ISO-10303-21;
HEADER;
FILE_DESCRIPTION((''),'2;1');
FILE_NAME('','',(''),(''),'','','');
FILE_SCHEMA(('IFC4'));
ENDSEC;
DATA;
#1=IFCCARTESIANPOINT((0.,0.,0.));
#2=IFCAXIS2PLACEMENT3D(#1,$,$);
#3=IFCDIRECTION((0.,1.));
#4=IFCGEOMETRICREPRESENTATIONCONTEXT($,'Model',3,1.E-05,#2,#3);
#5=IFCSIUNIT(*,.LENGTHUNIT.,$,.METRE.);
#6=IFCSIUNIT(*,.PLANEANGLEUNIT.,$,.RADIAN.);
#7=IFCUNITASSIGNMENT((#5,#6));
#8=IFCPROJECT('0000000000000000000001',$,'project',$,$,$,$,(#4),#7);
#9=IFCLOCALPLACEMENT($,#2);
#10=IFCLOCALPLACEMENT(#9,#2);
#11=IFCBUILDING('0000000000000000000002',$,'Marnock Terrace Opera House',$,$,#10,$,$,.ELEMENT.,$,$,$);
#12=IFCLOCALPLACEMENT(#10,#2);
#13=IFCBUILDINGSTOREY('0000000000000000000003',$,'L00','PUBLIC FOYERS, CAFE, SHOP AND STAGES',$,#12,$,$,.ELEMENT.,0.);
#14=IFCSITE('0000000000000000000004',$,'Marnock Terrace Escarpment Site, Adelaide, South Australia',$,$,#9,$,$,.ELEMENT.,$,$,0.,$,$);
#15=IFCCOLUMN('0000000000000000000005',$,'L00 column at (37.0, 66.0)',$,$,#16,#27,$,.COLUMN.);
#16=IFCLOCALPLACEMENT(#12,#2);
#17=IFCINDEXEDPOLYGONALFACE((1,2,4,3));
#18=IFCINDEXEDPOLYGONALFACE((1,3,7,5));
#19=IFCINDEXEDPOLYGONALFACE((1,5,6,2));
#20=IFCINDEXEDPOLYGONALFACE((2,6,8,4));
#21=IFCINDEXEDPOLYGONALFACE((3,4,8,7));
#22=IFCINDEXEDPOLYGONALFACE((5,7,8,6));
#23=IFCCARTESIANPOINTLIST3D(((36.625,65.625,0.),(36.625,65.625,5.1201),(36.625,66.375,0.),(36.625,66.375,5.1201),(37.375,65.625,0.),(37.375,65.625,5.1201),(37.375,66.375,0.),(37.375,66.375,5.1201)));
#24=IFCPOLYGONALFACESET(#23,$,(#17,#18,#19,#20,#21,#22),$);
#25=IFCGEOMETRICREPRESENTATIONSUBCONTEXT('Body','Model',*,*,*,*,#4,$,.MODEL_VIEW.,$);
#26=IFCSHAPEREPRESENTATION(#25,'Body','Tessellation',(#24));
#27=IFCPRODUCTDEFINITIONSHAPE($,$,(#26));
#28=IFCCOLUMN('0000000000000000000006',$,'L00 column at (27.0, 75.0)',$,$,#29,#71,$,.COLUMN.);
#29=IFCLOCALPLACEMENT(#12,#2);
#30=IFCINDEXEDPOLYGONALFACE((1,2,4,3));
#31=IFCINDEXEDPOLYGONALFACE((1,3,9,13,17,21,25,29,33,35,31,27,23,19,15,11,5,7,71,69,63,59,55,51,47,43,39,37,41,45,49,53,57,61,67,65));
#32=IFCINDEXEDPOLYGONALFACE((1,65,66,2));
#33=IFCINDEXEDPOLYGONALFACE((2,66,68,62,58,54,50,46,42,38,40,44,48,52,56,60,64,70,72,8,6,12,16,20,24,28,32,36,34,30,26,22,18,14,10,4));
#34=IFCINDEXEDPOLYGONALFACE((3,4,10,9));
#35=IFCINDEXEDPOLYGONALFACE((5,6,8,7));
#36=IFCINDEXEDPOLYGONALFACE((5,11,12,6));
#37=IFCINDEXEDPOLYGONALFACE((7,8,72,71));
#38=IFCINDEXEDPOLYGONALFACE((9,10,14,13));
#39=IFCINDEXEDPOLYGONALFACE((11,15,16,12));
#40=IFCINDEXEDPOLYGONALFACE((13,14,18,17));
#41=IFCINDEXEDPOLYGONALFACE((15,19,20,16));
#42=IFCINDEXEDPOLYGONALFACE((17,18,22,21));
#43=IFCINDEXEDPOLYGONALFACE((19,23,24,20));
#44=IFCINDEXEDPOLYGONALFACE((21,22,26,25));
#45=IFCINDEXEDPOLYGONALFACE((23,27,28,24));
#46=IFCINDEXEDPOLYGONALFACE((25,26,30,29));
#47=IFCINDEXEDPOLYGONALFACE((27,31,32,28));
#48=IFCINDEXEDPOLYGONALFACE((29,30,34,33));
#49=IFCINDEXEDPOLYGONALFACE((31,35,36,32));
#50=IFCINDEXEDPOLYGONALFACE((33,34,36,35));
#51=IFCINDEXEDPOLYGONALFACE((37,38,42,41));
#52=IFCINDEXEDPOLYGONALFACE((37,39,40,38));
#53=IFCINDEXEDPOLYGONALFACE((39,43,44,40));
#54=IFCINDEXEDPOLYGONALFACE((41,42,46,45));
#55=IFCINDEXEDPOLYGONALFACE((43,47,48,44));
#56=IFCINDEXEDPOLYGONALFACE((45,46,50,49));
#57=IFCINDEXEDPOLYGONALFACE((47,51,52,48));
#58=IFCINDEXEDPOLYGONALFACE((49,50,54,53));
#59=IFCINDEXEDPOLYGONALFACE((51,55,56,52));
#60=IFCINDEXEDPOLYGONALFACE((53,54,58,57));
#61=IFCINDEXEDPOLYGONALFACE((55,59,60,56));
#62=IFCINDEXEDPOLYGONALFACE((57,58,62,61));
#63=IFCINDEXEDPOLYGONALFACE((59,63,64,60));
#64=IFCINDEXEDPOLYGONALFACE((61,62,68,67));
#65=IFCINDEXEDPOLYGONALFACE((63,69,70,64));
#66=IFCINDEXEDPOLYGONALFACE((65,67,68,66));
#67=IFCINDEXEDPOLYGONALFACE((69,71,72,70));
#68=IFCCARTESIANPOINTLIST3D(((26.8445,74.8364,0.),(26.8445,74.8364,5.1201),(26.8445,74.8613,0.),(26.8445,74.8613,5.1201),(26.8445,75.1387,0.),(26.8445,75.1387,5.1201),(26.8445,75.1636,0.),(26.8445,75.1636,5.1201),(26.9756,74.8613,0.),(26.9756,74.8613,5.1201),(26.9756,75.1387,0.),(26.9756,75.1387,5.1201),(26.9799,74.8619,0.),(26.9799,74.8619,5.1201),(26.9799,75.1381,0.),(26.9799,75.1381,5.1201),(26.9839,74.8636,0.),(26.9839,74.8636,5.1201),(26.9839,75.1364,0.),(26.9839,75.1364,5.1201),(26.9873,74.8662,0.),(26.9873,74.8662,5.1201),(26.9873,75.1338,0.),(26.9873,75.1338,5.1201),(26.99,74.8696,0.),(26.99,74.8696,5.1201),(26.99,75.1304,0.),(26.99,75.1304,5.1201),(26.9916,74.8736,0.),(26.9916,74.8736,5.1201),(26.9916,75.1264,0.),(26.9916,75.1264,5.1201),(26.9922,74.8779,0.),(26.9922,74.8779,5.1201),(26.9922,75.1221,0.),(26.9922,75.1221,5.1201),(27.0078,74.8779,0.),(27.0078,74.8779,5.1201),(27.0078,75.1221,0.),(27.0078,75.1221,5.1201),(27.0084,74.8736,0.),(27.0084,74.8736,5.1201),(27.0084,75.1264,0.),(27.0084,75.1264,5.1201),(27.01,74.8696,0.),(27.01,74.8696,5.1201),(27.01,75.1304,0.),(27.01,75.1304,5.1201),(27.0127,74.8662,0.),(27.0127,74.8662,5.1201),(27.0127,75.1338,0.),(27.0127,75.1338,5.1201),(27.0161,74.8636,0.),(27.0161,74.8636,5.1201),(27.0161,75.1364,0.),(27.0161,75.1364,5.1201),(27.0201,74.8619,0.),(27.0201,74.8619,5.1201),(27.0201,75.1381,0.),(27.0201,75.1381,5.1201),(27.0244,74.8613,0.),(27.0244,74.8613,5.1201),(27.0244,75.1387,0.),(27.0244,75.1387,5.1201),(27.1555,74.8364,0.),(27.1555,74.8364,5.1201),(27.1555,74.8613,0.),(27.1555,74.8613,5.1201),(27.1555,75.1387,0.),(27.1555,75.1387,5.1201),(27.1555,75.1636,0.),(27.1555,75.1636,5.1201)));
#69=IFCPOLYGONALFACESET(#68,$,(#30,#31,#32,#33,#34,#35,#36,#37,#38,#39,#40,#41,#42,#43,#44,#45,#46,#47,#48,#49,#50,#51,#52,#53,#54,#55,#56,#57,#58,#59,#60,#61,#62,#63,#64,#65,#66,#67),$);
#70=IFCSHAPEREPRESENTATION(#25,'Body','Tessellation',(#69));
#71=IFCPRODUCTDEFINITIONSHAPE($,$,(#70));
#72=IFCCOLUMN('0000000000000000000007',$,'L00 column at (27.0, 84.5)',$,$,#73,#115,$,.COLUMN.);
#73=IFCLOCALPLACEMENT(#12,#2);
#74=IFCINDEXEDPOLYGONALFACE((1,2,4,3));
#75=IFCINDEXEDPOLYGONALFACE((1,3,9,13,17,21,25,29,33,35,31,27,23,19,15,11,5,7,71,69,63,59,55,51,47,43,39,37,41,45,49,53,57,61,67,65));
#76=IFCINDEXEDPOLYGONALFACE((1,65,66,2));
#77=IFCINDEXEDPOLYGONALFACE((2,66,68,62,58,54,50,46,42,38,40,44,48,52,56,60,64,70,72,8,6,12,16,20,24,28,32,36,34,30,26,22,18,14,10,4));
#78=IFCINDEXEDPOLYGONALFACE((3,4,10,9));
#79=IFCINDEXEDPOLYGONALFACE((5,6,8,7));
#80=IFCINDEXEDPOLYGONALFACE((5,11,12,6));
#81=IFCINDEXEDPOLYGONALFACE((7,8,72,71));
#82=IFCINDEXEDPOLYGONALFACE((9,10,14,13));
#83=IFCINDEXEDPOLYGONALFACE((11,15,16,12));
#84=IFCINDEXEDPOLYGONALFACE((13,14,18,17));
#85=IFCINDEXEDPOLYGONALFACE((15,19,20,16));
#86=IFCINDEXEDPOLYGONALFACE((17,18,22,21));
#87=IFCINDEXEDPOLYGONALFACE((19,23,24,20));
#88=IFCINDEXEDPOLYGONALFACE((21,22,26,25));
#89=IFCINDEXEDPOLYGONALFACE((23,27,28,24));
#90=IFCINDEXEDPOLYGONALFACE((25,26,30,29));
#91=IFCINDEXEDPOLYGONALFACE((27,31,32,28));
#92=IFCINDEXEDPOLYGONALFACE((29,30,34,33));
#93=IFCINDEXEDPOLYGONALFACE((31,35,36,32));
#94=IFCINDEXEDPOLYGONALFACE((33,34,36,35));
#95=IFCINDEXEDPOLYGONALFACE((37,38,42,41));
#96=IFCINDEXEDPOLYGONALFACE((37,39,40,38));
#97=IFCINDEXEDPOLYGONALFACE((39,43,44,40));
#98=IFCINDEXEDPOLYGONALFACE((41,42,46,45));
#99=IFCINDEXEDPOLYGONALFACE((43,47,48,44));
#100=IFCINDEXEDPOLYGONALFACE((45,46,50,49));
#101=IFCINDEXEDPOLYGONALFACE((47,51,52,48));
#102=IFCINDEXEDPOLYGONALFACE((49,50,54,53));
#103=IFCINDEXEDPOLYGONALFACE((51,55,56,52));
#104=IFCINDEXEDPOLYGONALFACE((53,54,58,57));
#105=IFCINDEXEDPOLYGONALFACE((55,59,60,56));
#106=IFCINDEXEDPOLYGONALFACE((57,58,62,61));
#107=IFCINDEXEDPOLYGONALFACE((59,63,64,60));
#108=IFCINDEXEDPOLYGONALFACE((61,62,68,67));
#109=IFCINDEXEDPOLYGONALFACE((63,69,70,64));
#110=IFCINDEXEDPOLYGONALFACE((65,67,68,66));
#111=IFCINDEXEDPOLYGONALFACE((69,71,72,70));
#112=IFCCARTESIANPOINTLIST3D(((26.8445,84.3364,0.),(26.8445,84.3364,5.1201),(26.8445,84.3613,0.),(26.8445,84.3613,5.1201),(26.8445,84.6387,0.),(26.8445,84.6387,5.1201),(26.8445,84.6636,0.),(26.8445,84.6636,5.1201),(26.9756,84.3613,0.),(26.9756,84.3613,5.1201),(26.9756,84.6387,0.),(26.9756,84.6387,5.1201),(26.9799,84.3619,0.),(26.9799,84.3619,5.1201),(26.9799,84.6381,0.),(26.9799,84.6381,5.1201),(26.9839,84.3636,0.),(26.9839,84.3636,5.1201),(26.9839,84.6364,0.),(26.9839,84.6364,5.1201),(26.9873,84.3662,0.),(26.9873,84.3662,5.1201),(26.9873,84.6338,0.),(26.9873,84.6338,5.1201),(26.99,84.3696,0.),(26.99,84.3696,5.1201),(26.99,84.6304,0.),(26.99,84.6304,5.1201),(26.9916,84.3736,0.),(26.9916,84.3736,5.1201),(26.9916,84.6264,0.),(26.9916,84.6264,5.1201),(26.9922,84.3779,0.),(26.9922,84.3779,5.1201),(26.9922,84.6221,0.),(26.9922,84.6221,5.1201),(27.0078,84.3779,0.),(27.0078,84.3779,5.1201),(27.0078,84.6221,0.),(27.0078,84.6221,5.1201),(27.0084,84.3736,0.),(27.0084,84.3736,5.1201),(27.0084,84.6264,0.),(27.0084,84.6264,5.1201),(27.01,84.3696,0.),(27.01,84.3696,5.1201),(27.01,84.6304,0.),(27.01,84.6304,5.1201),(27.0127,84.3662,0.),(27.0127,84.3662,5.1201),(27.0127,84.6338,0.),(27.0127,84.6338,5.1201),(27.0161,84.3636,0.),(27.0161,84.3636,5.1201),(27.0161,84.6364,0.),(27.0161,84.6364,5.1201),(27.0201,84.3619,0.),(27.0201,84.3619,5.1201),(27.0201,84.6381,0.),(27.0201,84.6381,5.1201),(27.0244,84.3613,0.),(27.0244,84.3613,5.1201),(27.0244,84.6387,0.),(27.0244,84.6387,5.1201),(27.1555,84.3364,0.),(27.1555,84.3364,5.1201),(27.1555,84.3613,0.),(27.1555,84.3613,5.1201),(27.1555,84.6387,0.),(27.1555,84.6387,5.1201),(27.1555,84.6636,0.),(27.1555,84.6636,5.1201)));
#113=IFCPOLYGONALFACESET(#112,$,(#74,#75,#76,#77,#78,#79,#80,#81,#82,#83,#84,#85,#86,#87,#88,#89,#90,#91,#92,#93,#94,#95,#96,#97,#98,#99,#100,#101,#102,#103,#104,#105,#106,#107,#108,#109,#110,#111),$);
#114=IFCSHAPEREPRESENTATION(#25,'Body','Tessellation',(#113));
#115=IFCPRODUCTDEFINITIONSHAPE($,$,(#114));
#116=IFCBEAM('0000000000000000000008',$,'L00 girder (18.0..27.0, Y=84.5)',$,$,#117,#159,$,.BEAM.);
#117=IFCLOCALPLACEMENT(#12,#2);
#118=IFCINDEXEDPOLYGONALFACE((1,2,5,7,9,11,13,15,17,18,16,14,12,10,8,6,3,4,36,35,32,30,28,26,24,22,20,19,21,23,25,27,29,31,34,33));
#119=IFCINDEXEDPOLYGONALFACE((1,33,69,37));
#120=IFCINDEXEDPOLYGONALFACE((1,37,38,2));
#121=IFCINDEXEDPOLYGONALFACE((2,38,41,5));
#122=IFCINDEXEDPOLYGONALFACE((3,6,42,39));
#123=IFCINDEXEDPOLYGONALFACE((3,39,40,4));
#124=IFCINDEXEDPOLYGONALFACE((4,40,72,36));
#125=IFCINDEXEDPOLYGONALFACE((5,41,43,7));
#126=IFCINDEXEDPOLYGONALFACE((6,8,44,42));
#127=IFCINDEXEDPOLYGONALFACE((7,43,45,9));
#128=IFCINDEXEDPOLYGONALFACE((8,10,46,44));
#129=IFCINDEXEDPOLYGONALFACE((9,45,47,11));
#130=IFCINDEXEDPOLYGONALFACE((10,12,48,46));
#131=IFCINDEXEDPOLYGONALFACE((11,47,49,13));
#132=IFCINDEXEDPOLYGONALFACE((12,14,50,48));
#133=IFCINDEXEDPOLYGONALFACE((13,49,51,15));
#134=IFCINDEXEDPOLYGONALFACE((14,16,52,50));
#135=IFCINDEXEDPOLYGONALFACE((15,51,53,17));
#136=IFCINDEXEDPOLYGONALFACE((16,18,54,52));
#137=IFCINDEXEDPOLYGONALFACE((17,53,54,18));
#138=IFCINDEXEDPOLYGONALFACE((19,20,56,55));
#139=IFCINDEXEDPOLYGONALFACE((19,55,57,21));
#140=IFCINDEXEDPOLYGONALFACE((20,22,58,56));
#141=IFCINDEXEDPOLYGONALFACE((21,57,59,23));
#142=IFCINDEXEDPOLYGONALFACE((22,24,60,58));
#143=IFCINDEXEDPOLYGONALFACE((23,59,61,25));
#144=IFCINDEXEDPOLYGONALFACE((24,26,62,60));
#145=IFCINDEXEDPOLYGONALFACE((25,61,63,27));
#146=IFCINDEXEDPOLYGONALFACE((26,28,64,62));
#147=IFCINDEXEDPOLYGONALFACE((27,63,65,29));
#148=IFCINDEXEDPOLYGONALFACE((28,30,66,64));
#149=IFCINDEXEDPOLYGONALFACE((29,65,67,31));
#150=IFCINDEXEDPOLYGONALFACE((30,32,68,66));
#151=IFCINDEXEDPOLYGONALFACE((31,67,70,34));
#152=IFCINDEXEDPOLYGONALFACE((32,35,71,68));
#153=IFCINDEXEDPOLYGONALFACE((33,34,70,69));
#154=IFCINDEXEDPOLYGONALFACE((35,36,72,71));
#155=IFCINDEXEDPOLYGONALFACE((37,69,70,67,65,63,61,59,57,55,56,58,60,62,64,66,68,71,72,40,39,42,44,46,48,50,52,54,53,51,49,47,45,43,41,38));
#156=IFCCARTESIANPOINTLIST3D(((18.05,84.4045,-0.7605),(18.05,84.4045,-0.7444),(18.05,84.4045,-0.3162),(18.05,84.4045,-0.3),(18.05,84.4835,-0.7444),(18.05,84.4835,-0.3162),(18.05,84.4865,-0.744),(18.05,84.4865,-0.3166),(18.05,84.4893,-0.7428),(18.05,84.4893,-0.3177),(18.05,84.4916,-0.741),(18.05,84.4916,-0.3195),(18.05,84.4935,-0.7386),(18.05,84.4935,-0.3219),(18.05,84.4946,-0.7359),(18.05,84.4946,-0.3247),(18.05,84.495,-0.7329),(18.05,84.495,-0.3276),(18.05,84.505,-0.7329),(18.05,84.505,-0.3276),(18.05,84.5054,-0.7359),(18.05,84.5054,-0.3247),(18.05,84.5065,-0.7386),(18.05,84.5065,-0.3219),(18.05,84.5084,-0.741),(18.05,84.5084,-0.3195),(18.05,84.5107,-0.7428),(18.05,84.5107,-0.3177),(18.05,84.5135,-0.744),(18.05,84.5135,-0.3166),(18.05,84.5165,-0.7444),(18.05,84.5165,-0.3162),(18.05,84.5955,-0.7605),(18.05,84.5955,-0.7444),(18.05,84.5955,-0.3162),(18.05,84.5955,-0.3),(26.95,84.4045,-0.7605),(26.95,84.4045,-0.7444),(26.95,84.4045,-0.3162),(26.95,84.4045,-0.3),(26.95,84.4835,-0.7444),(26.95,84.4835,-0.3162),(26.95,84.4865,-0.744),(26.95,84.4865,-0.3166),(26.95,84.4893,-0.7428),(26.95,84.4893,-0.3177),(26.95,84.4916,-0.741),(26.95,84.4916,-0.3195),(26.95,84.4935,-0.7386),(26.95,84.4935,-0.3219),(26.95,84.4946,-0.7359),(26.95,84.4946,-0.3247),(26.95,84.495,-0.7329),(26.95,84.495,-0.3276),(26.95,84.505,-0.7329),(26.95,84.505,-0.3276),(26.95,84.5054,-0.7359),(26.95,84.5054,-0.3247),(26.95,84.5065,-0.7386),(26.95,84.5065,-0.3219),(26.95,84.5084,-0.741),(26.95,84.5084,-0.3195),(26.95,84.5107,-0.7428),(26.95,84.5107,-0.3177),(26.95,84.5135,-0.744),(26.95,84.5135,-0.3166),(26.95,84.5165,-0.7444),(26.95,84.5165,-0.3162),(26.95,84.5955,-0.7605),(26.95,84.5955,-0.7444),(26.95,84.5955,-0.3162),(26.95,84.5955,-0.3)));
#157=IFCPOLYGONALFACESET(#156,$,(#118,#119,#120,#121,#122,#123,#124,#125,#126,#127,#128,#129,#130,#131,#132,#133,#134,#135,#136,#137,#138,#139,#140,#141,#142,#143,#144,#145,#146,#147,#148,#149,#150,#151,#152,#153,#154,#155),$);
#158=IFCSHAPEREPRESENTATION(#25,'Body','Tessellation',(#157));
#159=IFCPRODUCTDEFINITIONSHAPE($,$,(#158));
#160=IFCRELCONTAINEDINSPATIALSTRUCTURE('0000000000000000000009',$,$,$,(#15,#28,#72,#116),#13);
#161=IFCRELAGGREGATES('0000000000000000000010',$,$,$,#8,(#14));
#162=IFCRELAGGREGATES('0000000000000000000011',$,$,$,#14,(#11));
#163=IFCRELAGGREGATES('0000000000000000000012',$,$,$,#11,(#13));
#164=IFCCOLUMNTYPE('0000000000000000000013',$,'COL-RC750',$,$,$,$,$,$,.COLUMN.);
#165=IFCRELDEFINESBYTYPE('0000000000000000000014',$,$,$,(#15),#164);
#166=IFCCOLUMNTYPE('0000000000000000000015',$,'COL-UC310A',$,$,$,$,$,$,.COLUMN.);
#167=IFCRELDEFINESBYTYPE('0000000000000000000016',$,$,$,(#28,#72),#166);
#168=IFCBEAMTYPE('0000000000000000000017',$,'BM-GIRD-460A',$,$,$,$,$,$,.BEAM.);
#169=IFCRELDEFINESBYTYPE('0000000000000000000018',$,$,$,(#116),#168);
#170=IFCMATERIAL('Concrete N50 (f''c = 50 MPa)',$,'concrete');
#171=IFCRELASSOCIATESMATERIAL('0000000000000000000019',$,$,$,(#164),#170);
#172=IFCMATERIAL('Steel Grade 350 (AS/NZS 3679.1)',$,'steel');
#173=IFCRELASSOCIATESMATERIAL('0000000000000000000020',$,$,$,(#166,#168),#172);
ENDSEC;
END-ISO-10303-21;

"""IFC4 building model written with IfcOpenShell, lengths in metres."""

from ifc_helpers import new_model, si_unit, direction, frame, origin, origin_2d, place, context, subcontext, project, spatial, rectangle, i_section, extrude, material, material_profile, profile_set, type_object, element, save


model = new_model("IFC4")

# Units and contexts
model_context = context("Model", 3, precision=1e-05, world=origin(), true_north=direction((0.0, 1.0)))
body_context = subcontext(model_context, "Body", "Model", "MODEL_VIEW")
ifc_project = project(units=[si_unit("LENGTHUNIT", "METRE"), si_unit("PLANEANGLEUNIT", "RADIAN")], contexts=[model_context])

# Site, building, storey
site_placement = place(None, origin())
site = spatial("IfcSite", under=ifc_project, at=site_placement, Name="Marnock Terrace Escarpment Site, Adelaide, South Australia", CompositionType="ELEMENT", RefElevation=0.0)
building_placement = place(site_placement, origin())
building = spatial("IfcBuilding", under=site, at=building_placement, Name="Marnock Terrace Opera House", CompositionType="ELEMENT")
storey_placement = place(building_placement, origin())
storey = spatial("IfcBuildingStorey", under=building, at=storey_placement, Name="L00", Description="PUBLIC FOYERS, CAFE, SHOP AND STAGES", CompositionType="ELEMENT", Elevation=0.0)

# Columns
ifc_material_1 = material(Name="Concrete N50 (f'c = 50 MPa)", Category="concrete")
ifc_material_profile_1 = material_profile(ifc_material_1, rectangle(XDim=0.75, YDim=0.75, at=origin_2d()))
ifc_profile_set_1 = profile_set([ifc_material_profile_1], Name="Concrete N50 (f'c = 50 MPa)")
column_type_1 = type_object("IfcColumnType", Name="COL-RC750", PredefinedType="COLUMN", material=ifc_profile_set_1)
column_placement = place(storey_placement, frame((37.0, 66.0, 0.0), z_axis=(0.0, 0.0, 1.0), x_axis=(1.0, 0.0, 0.0)))
element("IfcColumn", 1, at=column_placement, inside=storey, type_object=column_type_1, Name="L00 column at (37.0, 66.0)", PredefinedType="COLUMN", context=body_context, shape_type="SweptSolid", body=[
    extrude(rectangle(XDim=0.75, YDim=0.75, at=origin_2d()), origin(), (0.0, 0.0, 1.0), 5.1201),
])
ifc_material_2 = material(Name="Steel Grade 350 (AS/NZS 3679.1)", Category="steel")
ifc_material_profile_2 = material_profile(ifc_material_2, i_section(OverallWidth=0.311, OverallDepth=0.3271, WebThickness=0.0156, FlangeThickness=0.0249, FilletRadius=0.0166, at=origin_2d()))
ifc_profile_set_2 = profile_set([ifc_material_profile_2], Name="Steel Grade 350 (AS/NZS 3679.1)")
column_type_2 = type_object("IfcColumnType", Name="COL-UC310A", PredefinedType="COLUMN", material=ifc_profile_set_2)
for number, where, z_axis, x_axis, name in (
    (2, (27.0, 75.0, 0.0), (0.0, 0.0, 1.0), (1.0, 0.0, 0.0), "L00 column at (27.0, 75.0)"),
    (3, (27.0, 84.5, 0.0), (0.0, 0.0, 1.0), (1.0, 0.0, 0.0), "L00 column at (27.0, 84.5)"),
):
    element("IfcColumn", number, at=place(storey_placement, frame(where, z_axis=z_axis, x_axis=x_axis)), inside=storey, type_object=column_type_2, Name=name, PredefinedType="COLUMN", context=body_context, shape_type="SweptSolid", body=[
        extrude(i_section(OverallWidth=0.311, OverallDepth=0.3271, WebThickness=0.0156, FlangeThickness=0.0249, FilletRadius=0.0166, at=origin_2d()), origin(), (0.0, 0.0, 1.0), 5.1201),
    ])

# Beam
ifc_material_profile_3 = material_profile(ifc_material_2, i_section(OverallWidth=0.1909, OverallDepth=0.4604, WebThickness=0.01, FlangeThickness=0.0161, FilletRadius=0.0115, at=origin_2d()))
ifc_profile_set_3 = profile_set([ifc_material_profile_3], Name="Steel Grade 350 (AS/NZS 3679.1)")
beam_type_1 = type_object("IfcBeamType", Name="BM-GIRD-460A", PredefinedType="BEAM", material=ifc_profile_set_3)
beam_1_placement = place(storey_placement, frame((18.05, 84.5, -0.5303), z_axis=(1.0, 0.0, 0.0), x_axis=(0.0, 1.0, 0.0)))
element("IfcBeam", 4, at=beam_1_placement, inside=storey, type_object=beam_type_1, Name="L00 girder (18.0..27.0, Y=84.5)", PredefinedType="BEAM", context=body_context, shape_type="SweptSolid", body=[
    extrude(i_section(OverallWidth=0.1909, OverallDepth=0.4604, WebThickness=0.01, FlangeThickness=0.0161, FilletRadius=0.0115, at=origin_2d()), origin(), (0.0, 0.0, 1.0), 8.8999),
])

save(model, "model.ifc")
